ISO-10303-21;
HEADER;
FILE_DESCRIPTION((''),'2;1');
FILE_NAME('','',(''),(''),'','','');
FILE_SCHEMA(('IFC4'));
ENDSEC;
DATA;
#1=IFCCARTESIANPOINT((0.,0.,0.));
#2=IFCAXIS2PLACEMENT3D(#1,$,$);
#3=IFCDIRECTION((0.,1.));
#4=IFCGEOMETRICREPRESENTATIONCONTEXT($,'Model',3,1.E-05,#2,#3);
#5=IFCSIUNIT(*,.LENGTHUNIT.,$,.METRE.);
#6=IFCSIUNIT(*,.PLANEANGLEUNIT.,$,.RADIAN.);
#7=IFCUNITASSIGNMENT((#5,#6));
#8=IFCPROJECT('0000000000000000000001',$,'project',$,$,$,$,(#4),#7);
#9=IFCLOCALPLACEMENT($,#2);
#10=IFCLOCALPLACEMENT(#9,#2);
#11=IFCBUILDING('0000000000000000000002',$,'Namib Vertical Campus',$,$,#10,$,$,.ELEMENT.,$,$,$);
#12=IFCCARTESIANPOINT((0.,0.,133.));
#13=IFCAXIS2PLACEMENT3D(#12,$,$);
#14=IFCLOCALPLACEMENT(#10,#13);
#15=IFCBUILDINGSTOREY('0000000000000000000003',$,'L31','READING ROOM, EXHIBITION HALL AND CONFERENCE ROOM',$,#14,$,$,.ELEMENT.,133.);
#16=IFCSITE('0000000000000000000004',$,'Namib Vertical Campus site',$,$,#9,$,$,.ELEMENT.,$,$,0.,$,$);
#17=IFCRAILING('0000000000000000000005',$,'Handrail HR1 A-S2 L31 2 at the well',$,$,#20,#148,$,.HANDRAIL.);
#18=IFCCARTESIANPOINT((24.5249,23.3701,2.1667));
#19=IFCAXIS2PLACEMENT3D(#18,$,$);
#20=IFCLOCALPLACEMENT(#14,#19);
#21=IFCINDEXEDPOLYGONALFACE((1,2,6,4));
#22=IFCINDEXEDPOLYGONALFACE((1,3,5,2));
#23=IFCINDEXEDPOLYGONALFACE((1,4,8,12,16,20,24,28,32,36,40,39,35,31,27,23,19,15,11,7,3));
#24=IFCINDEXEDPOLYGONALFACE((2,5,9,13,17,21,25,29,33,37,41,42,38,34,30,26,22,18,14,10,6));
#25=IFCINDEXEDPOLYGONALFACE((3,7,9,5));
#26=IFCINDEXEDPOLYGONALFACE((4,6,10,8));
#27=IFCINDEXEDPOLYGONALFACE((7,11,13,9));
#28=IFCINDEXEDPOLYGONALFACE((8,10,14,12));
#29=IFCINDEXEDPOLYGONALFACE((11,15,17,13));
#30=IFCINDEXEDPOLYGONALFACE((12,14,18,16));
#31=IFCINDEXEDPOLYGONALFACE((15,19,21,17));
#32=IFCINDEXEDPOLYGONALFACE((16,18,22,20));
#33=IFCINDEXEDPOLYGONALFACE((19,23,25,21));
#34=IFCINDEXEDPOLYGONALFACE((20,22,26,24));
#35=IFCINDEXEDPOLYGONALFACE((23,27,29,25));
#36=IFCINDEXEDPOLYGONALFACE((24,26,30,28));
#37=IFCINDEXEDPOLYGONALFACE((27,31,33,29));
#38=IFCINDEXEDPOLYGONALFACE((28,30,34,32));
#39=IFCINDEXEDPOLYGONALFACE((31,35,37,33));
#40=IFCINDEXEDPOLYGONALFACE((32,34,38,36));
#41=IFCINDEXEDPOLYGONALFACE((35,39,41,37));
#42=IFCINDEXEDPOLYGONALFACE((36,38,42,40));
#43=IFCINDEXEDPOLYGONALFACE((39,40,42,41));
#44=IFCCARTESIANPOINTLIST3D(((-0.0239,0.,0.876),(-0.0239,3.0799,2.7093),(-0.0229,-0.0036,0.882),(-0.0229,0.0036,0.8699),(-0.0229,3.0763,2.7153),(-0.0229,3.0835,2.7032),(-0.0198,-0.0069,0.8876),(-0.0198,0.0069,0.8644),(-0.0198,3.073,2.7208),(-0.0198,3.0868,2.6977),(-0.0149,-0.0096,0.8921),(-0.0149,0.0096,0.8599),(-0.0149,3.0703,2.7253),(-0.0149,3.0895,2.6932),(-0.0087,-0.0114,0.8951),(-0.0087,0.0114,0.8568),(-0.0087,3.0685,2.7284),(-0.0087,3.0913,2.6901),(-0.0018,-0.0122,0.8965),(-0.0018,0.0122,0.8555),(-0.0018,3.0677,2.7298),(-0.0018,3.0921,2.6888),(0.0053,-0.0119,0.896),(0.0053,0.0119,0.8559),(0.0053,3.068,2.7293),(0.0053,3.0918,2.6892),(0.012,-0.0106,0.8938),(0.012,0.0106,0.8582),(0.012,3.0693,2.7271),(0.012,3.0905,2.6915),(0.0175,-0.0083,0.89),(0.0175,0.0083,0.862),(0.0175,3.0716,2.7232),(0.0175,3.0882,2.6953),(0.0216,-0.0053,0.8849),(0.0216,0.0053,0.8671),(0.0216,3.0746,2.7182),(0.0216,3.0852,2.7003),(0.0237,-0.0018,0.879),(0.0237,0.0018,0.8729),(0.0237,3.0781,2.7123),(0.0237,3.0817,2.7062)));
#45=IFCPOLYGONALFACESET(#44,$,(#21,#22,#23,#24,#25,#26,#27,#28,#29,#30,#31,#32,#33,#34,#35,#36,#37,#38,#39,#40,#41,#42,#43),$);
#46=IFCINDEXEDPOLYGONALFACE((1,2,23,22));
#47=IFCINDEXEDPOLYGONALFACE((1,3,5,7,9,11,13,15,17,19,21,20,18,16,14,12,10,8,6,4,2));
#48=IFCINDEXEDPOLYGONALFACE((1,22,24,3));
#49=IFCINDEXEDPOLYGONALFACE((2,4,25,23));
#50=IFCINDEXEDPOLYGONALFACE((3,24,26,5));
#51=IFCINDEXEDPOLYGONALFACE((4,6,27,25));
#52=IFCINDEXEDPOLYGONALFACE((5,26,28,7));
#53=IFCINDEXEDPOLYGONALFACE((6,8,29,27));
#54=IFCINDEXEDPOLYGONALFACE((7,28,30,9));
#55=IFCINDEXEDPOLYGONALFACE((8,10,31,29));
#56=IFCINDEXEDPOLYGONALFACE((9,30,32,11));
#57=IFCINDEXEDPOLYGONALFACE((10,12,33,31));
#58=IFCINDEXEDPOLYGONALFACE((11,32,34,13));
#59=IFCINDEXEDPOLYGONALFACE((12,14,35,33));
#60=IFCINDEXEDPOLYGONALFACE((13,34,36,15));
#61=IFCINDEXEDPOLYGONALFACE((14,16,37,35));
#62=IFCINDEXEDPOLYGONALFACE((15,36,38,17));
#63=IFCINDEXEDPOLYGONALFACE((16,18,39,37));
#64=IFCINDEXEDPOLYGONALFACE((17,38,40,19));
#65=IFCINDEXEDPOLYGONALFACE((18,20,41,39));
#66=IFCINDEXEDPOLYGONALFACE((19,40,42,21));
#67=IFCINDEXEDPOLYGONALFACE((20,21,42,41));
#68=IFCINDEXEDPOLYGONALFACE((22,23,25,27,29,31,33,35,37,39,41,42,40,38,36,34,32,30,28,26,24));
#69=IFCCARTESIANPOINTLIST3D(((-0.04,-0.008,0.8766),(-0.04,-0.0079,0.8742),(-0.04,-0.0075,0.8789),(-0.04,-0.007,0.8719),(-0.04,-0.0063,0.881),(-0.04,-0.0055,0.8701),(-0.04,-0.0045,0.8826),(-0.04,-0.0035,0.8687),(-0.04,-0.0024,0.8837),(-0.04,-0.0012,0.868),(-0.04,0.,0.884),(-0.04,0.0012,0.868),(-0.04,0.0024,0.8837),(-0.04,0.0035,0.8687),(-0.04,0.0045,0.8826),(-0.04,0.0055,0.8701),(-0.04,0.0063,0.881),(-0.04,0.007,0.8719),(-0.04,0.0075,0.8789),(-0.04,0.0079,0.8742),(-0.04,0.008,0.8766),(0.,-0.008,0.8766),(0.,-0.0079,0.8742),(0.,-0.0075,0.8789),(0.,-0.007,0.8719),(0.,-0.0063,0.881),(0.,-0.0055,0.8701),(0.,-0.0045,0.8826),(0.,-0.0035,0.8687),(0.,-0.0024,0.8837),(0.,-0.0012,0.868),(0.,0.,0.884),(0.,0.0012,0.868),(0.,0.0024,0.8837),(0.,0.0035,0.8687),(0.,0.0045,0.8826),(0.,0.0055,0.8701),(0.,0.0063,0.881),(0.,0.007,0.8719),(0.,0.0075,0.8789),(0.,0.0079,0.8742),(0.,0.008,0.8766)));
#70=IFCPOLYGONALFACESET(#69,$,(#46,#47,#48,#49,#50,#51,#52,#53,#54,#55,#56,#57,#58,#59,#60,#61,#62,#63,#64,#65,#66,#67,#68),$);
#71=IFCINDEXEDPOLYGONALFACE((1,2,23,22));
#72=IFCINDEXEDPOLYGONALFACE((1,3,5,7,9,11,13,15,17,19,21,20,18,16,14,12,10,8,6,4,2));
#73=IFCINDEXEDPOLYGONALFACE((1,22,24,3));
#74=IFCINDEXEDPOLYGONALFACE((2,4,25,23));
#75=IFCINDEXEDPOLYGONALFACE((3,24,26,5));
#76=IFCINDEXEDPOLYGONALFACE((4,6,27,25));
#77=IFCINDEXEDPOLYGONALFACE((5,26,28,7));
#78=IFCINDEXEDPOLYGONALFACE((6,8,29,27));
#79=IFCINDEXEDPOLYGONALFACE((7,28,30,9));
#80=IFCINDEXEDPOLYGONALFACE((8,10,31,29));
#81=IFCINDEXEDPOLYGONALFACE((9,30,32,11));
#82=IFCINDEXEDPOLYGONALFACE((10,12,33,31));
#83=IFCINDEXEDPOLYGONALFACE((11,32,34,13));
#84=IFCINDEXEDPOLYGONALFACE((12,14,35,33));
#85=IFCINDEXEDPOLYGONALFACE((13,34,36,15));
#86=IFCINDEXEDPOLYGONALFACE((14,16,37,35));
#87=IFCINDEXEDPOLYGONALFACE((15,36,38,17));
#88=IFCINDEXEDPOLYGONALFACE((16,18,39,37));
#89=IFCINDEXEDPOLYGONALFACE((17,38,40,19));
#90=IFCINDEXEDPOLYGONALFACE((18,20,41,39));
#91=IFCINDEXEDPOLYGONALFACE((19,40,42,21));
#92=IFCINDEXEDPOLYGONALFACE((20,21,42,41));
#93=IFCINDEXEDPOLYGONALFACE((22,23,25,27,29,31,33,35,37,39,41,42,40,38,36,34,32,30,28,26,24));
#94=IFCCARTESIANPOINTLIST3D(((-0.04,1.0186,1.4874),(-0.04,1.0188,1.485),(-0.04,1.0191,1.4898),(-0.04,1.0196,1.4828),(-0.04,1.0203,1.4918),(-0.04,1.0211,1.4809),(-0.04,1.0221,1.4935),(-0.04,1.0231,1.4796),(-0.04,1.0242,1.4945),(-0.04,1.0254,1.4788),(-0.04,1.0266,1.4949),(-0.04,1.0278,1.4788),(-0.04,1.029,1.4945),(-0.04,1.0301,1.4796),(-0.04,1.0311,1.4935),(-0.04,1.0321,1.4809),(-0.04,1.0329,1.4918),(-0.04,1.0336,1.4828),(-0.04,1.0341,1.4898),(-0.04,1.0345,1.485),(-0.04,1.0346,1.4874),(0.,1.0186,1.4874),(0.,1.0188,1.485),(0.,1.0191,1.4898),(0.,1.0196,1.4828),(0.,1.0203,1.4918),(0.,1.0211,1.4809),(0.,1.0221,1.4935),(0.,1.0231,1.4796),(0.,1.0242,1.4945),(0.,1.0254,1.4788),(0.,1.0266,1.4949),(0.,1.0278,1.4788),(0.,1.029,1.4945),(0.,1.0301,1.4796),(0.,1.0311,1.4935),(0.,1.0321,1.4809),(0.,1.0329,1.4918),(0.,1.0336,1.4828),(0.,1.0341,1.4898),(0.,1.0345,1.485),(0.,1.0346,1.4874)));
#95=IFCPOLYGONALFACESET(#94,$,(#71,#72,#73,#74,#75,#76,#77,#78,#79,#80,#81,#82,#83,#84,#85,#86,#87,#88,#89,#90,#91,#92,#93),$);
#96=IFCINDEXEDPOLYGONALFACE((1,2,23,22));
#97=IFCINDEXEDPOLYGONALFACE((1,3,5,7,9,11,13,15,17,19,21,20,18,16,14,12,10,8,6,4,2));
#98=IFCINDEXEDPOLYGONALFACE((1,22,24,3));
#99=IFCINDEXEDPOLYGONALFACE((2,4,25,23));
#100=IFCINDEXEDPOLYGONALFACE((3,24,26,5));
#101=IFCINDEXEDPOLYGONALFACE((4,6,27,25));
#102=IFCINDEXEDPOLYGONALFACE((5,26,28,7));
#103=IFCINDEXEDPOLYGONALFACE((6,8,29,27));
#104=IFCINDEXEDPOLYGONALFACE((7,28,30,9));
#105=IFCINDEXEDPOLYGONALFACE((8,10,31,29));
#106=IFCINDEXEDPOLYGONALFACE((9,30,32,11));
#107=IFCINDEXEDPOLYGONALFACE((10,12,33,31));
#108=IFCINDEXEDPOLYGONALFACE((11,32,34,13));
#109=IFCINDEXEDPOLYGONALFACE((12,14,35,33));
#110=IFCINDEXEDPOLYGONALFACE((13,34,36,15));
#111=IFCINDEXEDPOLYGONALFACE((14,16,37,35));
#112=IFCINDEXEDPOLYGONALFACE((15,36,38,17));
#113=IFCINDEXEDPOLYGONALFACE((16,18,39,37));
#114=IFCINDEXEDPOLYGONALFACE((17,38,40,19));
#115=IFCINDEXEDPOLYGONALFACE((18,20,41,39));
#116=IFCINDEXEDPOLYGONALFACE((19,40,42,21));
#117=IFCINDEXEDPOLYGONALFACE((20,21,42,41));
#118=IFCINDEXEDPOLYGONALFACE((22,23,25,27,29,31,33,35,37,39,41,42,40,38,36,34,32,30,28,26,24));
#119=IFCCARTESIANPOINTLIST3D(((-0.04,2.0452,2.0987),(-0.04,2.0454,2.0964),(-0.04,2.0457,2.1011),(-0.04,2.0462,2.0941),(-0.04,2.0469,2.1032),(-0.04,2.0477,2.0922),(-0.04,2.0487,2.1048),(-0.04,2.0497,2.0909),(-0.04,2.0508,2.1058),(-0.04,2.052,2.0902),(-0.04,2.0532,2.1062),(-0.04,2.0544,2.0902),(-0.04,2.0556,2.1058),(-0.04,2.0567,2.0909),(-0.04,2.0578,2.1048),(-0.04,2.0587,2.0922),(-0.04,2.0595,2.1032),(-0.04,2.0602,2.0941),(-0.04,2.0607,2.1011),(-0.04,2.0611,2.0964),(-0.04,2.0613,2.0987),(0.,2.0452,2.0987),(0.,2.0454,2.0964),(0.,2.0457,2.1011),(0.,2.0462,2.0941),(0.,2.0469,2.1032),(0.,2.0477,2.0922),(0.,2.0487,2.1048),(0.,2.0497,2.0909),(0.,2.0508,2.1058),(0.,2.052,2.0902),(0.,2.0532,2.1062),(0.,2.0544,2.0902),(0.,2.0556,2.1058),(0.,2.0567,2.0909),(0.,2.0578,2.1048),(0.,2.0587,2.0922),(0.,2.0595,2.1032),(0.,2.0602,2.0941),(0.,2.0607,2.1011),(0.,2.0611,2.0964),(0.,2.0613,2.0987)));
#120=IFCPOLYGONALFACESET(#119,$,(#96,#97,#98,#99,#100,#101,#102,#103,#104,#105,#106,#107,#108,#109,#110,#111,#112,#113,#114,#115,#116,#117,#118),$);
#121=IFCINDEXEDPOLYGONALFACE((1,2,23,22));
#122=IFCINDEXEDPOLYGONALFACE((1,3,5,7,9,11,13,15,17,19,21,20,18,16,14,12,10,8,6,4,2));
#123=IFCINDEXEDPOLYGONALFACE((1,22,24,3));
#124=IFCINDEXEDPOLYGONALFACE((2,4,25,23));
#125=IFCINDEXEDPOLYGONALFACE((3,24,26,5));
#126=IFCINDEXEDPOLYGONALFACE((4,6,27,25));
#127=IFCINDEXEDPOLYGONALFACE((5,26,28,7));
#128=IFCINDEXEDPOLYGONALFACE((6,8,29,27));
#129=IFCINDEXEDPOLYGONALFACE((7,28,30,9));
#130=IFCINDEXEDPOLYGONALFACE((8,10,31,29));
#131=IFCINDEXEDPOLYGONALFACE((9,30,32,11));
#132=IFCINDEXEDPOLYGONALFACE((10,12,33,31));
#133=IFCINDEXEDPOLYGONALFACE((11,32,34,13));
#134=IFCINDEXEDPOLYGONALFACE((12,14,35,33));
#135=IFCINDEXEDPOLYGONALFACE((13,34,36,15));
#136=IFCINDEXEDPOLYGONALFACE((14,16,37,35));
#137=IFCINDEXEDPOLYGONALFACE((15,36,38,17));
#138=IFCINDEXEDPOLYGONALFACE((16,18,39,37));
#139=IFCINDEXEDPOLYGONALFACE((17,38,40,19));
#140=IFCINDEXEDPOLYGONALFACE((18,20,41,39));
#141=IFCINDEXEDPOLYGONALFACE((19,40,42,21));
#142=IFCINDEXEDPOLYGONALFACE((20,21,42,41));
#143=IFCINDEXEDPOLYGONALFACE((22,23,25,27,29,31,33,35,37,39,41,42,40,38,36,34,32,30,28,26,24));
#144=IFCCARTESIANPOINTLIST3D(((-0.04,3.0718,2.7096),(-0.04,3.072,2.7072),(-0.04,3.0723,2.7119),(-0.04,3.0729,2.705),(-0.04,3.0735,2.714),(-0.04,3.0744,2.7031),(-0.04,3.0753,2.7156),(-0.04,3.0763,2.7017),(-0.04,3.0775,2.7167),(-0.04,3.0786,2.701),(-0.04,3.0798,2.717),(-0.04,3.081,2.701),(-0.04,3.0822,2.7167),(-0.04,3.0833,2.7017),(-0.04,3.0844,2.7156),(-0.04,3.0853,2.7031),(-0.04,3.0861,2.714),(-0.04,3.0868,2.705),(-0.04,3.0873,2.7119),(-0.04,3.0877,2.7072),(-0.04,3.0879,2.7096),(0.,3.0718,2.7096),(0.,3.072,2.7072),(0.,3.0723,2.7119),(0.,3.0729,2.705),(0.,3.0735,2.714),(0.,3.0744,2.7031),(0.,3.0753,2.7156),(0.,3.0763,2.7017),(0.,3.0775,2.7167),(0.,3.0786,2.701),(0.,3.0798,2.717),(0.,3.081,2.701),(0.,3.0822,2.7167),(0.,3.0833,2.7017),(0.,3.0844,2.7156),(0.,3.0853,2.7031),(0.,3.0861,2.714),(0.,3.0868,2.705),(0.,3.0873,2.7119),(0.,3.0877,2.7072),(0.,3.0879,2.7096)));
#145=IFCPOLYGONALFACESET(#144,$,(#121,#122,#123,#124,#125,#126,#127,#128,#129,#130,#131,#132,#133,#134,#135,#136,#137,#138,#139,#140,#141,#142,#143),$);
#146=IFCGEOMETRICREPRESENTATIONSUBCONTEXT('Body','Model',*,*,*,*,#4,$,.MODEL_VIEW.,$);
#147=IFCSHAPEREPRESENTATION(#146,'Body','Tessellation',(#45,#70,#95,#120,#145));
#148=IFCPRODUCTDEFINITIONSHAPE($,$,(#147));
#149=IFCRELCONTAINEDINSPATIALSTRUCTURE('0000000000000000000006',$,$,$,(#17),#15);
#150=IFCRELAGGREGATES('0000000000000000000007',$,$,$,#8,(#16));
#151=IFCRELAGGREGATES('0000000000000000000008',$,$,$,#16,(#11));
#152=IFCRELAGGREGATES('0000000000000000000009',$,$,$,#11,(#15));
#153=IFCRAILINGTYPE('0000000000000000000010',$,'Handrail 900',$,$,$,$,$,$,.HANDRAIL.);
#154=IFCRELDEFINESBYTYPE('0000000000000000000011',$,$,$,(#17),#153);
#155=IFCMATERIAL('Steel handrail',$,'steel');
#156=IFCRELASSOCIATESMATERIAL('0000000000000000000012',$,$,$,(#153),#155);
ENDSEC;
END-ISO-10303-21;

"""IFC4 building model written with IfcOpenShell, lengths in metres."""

from ifc_helpers import new_model, si_unit, direction, frame, origin, origin_2d, place, context, subcontext, project, spatial, circle, extrude, material, type_object, element, save


model = new_model("IFC4")

# Units and contexts
model_context = context("Model", 3, precision=1e-05, world=origin(), true_north=direction((0.0, 1.0)))
body_context = subcontext(model_context, "Body", "Model", "MODEL_VIEW")
ifc_project = project(units=[si_unit("LENGTHUNIT", "METRE"), si_unit("PLANEANGLEUNIT", "RADIAN")], contexts=[model_context])

# Site, building, storey
site_placement = place(None, origin())
site = spatial("IfcSite", under=ifc_project, at=site_placement, Name="Namib Vertical Campus site", CompositionType="ELEMENT", RefElevation=0.0)
building_placement = place(site_placement, origin())
building = spatial("IfcBuilding", under=site, at=building_placement, Name="Namib Vertical Campus", CompositionType="ELEMENT")
storey_placement = place(building_placement, frame((0.0, 0.0, 133.0)))
storey = spatial("IfcBuildingStorey", under=building, at=storey_placement, Name="L31", Description="READING ROOM, EXHIBITION HALL AND CONFERENCE ROOM", CompositionType="ELEMENT", Elevation=133.0)

# Railing
ifc_material_1 = material(Name="Steel handrail", Category="steel")
railing_type_1 = type_object("IfcRailingType", Name="Handrail 900", PredefinedType="HANDRAIL", material=ifc_material_1)
railing_1_placement = place(storey_placement, frame((24.5249, 23.3701, 2.1667)))
element("IfcRailing", 1, at=railing_1_placement, inside=storey, type_object=railing_type_1, Name="Handrail HR1 A-S2 L31 2 at the well", PredefinedType="HANDRAIL", context=body_context, shape_type="SweptSolid", body=[
    extrude(circle(Radius=0.0239, at=origin_2d()), frame((0.0, 0.0, 0.876), z_axis=(0.0, 0.859291, 0.511487), x_axis=(-1.0, 0.0, 0.0)), (0.0, 0.0, 1.0), 3.5842),
    extrude(circle(Radius=0.0081, at=origin_2d()), frame((0.0, 0.0, 0.876), z_axis=(-1.0, 0.0, 0.0), x_axis=(0.0, 0.0, 1.0)), (0.0, 0.0, 1.0), 0.04),
    extrude(circle(Radius=0.0081, at=origin_2d()), frame((0.0, 1.0266, 1.4868), z_axis=(-1.0, 0.0, 0.0), x_axis=(0.0, 0.0, 1.0)), (0.0, 0.0, 1.0), 0.04),
    extrude(circle(Radius=0.0081, at=origin_2d()), frame((0.0, 2.0532, 2.0981), z_axis=(-1.0, 0.0, 0.0), x_axis=(0.0, 0.0, 1.0)), (0.0, 0.0, 1.0), 0.04),
    extrude(circle(Radius=0.0081, at=origin_2d()), frame((0.0, 3.0798, 2.709), z_axis=(-1.0, 0.0, 0.0), x_axis=(0.0, 0.0, 1.0)), (0.0, 0.0, 1.0), 0.04),
])

save(model, "model.ifc")
